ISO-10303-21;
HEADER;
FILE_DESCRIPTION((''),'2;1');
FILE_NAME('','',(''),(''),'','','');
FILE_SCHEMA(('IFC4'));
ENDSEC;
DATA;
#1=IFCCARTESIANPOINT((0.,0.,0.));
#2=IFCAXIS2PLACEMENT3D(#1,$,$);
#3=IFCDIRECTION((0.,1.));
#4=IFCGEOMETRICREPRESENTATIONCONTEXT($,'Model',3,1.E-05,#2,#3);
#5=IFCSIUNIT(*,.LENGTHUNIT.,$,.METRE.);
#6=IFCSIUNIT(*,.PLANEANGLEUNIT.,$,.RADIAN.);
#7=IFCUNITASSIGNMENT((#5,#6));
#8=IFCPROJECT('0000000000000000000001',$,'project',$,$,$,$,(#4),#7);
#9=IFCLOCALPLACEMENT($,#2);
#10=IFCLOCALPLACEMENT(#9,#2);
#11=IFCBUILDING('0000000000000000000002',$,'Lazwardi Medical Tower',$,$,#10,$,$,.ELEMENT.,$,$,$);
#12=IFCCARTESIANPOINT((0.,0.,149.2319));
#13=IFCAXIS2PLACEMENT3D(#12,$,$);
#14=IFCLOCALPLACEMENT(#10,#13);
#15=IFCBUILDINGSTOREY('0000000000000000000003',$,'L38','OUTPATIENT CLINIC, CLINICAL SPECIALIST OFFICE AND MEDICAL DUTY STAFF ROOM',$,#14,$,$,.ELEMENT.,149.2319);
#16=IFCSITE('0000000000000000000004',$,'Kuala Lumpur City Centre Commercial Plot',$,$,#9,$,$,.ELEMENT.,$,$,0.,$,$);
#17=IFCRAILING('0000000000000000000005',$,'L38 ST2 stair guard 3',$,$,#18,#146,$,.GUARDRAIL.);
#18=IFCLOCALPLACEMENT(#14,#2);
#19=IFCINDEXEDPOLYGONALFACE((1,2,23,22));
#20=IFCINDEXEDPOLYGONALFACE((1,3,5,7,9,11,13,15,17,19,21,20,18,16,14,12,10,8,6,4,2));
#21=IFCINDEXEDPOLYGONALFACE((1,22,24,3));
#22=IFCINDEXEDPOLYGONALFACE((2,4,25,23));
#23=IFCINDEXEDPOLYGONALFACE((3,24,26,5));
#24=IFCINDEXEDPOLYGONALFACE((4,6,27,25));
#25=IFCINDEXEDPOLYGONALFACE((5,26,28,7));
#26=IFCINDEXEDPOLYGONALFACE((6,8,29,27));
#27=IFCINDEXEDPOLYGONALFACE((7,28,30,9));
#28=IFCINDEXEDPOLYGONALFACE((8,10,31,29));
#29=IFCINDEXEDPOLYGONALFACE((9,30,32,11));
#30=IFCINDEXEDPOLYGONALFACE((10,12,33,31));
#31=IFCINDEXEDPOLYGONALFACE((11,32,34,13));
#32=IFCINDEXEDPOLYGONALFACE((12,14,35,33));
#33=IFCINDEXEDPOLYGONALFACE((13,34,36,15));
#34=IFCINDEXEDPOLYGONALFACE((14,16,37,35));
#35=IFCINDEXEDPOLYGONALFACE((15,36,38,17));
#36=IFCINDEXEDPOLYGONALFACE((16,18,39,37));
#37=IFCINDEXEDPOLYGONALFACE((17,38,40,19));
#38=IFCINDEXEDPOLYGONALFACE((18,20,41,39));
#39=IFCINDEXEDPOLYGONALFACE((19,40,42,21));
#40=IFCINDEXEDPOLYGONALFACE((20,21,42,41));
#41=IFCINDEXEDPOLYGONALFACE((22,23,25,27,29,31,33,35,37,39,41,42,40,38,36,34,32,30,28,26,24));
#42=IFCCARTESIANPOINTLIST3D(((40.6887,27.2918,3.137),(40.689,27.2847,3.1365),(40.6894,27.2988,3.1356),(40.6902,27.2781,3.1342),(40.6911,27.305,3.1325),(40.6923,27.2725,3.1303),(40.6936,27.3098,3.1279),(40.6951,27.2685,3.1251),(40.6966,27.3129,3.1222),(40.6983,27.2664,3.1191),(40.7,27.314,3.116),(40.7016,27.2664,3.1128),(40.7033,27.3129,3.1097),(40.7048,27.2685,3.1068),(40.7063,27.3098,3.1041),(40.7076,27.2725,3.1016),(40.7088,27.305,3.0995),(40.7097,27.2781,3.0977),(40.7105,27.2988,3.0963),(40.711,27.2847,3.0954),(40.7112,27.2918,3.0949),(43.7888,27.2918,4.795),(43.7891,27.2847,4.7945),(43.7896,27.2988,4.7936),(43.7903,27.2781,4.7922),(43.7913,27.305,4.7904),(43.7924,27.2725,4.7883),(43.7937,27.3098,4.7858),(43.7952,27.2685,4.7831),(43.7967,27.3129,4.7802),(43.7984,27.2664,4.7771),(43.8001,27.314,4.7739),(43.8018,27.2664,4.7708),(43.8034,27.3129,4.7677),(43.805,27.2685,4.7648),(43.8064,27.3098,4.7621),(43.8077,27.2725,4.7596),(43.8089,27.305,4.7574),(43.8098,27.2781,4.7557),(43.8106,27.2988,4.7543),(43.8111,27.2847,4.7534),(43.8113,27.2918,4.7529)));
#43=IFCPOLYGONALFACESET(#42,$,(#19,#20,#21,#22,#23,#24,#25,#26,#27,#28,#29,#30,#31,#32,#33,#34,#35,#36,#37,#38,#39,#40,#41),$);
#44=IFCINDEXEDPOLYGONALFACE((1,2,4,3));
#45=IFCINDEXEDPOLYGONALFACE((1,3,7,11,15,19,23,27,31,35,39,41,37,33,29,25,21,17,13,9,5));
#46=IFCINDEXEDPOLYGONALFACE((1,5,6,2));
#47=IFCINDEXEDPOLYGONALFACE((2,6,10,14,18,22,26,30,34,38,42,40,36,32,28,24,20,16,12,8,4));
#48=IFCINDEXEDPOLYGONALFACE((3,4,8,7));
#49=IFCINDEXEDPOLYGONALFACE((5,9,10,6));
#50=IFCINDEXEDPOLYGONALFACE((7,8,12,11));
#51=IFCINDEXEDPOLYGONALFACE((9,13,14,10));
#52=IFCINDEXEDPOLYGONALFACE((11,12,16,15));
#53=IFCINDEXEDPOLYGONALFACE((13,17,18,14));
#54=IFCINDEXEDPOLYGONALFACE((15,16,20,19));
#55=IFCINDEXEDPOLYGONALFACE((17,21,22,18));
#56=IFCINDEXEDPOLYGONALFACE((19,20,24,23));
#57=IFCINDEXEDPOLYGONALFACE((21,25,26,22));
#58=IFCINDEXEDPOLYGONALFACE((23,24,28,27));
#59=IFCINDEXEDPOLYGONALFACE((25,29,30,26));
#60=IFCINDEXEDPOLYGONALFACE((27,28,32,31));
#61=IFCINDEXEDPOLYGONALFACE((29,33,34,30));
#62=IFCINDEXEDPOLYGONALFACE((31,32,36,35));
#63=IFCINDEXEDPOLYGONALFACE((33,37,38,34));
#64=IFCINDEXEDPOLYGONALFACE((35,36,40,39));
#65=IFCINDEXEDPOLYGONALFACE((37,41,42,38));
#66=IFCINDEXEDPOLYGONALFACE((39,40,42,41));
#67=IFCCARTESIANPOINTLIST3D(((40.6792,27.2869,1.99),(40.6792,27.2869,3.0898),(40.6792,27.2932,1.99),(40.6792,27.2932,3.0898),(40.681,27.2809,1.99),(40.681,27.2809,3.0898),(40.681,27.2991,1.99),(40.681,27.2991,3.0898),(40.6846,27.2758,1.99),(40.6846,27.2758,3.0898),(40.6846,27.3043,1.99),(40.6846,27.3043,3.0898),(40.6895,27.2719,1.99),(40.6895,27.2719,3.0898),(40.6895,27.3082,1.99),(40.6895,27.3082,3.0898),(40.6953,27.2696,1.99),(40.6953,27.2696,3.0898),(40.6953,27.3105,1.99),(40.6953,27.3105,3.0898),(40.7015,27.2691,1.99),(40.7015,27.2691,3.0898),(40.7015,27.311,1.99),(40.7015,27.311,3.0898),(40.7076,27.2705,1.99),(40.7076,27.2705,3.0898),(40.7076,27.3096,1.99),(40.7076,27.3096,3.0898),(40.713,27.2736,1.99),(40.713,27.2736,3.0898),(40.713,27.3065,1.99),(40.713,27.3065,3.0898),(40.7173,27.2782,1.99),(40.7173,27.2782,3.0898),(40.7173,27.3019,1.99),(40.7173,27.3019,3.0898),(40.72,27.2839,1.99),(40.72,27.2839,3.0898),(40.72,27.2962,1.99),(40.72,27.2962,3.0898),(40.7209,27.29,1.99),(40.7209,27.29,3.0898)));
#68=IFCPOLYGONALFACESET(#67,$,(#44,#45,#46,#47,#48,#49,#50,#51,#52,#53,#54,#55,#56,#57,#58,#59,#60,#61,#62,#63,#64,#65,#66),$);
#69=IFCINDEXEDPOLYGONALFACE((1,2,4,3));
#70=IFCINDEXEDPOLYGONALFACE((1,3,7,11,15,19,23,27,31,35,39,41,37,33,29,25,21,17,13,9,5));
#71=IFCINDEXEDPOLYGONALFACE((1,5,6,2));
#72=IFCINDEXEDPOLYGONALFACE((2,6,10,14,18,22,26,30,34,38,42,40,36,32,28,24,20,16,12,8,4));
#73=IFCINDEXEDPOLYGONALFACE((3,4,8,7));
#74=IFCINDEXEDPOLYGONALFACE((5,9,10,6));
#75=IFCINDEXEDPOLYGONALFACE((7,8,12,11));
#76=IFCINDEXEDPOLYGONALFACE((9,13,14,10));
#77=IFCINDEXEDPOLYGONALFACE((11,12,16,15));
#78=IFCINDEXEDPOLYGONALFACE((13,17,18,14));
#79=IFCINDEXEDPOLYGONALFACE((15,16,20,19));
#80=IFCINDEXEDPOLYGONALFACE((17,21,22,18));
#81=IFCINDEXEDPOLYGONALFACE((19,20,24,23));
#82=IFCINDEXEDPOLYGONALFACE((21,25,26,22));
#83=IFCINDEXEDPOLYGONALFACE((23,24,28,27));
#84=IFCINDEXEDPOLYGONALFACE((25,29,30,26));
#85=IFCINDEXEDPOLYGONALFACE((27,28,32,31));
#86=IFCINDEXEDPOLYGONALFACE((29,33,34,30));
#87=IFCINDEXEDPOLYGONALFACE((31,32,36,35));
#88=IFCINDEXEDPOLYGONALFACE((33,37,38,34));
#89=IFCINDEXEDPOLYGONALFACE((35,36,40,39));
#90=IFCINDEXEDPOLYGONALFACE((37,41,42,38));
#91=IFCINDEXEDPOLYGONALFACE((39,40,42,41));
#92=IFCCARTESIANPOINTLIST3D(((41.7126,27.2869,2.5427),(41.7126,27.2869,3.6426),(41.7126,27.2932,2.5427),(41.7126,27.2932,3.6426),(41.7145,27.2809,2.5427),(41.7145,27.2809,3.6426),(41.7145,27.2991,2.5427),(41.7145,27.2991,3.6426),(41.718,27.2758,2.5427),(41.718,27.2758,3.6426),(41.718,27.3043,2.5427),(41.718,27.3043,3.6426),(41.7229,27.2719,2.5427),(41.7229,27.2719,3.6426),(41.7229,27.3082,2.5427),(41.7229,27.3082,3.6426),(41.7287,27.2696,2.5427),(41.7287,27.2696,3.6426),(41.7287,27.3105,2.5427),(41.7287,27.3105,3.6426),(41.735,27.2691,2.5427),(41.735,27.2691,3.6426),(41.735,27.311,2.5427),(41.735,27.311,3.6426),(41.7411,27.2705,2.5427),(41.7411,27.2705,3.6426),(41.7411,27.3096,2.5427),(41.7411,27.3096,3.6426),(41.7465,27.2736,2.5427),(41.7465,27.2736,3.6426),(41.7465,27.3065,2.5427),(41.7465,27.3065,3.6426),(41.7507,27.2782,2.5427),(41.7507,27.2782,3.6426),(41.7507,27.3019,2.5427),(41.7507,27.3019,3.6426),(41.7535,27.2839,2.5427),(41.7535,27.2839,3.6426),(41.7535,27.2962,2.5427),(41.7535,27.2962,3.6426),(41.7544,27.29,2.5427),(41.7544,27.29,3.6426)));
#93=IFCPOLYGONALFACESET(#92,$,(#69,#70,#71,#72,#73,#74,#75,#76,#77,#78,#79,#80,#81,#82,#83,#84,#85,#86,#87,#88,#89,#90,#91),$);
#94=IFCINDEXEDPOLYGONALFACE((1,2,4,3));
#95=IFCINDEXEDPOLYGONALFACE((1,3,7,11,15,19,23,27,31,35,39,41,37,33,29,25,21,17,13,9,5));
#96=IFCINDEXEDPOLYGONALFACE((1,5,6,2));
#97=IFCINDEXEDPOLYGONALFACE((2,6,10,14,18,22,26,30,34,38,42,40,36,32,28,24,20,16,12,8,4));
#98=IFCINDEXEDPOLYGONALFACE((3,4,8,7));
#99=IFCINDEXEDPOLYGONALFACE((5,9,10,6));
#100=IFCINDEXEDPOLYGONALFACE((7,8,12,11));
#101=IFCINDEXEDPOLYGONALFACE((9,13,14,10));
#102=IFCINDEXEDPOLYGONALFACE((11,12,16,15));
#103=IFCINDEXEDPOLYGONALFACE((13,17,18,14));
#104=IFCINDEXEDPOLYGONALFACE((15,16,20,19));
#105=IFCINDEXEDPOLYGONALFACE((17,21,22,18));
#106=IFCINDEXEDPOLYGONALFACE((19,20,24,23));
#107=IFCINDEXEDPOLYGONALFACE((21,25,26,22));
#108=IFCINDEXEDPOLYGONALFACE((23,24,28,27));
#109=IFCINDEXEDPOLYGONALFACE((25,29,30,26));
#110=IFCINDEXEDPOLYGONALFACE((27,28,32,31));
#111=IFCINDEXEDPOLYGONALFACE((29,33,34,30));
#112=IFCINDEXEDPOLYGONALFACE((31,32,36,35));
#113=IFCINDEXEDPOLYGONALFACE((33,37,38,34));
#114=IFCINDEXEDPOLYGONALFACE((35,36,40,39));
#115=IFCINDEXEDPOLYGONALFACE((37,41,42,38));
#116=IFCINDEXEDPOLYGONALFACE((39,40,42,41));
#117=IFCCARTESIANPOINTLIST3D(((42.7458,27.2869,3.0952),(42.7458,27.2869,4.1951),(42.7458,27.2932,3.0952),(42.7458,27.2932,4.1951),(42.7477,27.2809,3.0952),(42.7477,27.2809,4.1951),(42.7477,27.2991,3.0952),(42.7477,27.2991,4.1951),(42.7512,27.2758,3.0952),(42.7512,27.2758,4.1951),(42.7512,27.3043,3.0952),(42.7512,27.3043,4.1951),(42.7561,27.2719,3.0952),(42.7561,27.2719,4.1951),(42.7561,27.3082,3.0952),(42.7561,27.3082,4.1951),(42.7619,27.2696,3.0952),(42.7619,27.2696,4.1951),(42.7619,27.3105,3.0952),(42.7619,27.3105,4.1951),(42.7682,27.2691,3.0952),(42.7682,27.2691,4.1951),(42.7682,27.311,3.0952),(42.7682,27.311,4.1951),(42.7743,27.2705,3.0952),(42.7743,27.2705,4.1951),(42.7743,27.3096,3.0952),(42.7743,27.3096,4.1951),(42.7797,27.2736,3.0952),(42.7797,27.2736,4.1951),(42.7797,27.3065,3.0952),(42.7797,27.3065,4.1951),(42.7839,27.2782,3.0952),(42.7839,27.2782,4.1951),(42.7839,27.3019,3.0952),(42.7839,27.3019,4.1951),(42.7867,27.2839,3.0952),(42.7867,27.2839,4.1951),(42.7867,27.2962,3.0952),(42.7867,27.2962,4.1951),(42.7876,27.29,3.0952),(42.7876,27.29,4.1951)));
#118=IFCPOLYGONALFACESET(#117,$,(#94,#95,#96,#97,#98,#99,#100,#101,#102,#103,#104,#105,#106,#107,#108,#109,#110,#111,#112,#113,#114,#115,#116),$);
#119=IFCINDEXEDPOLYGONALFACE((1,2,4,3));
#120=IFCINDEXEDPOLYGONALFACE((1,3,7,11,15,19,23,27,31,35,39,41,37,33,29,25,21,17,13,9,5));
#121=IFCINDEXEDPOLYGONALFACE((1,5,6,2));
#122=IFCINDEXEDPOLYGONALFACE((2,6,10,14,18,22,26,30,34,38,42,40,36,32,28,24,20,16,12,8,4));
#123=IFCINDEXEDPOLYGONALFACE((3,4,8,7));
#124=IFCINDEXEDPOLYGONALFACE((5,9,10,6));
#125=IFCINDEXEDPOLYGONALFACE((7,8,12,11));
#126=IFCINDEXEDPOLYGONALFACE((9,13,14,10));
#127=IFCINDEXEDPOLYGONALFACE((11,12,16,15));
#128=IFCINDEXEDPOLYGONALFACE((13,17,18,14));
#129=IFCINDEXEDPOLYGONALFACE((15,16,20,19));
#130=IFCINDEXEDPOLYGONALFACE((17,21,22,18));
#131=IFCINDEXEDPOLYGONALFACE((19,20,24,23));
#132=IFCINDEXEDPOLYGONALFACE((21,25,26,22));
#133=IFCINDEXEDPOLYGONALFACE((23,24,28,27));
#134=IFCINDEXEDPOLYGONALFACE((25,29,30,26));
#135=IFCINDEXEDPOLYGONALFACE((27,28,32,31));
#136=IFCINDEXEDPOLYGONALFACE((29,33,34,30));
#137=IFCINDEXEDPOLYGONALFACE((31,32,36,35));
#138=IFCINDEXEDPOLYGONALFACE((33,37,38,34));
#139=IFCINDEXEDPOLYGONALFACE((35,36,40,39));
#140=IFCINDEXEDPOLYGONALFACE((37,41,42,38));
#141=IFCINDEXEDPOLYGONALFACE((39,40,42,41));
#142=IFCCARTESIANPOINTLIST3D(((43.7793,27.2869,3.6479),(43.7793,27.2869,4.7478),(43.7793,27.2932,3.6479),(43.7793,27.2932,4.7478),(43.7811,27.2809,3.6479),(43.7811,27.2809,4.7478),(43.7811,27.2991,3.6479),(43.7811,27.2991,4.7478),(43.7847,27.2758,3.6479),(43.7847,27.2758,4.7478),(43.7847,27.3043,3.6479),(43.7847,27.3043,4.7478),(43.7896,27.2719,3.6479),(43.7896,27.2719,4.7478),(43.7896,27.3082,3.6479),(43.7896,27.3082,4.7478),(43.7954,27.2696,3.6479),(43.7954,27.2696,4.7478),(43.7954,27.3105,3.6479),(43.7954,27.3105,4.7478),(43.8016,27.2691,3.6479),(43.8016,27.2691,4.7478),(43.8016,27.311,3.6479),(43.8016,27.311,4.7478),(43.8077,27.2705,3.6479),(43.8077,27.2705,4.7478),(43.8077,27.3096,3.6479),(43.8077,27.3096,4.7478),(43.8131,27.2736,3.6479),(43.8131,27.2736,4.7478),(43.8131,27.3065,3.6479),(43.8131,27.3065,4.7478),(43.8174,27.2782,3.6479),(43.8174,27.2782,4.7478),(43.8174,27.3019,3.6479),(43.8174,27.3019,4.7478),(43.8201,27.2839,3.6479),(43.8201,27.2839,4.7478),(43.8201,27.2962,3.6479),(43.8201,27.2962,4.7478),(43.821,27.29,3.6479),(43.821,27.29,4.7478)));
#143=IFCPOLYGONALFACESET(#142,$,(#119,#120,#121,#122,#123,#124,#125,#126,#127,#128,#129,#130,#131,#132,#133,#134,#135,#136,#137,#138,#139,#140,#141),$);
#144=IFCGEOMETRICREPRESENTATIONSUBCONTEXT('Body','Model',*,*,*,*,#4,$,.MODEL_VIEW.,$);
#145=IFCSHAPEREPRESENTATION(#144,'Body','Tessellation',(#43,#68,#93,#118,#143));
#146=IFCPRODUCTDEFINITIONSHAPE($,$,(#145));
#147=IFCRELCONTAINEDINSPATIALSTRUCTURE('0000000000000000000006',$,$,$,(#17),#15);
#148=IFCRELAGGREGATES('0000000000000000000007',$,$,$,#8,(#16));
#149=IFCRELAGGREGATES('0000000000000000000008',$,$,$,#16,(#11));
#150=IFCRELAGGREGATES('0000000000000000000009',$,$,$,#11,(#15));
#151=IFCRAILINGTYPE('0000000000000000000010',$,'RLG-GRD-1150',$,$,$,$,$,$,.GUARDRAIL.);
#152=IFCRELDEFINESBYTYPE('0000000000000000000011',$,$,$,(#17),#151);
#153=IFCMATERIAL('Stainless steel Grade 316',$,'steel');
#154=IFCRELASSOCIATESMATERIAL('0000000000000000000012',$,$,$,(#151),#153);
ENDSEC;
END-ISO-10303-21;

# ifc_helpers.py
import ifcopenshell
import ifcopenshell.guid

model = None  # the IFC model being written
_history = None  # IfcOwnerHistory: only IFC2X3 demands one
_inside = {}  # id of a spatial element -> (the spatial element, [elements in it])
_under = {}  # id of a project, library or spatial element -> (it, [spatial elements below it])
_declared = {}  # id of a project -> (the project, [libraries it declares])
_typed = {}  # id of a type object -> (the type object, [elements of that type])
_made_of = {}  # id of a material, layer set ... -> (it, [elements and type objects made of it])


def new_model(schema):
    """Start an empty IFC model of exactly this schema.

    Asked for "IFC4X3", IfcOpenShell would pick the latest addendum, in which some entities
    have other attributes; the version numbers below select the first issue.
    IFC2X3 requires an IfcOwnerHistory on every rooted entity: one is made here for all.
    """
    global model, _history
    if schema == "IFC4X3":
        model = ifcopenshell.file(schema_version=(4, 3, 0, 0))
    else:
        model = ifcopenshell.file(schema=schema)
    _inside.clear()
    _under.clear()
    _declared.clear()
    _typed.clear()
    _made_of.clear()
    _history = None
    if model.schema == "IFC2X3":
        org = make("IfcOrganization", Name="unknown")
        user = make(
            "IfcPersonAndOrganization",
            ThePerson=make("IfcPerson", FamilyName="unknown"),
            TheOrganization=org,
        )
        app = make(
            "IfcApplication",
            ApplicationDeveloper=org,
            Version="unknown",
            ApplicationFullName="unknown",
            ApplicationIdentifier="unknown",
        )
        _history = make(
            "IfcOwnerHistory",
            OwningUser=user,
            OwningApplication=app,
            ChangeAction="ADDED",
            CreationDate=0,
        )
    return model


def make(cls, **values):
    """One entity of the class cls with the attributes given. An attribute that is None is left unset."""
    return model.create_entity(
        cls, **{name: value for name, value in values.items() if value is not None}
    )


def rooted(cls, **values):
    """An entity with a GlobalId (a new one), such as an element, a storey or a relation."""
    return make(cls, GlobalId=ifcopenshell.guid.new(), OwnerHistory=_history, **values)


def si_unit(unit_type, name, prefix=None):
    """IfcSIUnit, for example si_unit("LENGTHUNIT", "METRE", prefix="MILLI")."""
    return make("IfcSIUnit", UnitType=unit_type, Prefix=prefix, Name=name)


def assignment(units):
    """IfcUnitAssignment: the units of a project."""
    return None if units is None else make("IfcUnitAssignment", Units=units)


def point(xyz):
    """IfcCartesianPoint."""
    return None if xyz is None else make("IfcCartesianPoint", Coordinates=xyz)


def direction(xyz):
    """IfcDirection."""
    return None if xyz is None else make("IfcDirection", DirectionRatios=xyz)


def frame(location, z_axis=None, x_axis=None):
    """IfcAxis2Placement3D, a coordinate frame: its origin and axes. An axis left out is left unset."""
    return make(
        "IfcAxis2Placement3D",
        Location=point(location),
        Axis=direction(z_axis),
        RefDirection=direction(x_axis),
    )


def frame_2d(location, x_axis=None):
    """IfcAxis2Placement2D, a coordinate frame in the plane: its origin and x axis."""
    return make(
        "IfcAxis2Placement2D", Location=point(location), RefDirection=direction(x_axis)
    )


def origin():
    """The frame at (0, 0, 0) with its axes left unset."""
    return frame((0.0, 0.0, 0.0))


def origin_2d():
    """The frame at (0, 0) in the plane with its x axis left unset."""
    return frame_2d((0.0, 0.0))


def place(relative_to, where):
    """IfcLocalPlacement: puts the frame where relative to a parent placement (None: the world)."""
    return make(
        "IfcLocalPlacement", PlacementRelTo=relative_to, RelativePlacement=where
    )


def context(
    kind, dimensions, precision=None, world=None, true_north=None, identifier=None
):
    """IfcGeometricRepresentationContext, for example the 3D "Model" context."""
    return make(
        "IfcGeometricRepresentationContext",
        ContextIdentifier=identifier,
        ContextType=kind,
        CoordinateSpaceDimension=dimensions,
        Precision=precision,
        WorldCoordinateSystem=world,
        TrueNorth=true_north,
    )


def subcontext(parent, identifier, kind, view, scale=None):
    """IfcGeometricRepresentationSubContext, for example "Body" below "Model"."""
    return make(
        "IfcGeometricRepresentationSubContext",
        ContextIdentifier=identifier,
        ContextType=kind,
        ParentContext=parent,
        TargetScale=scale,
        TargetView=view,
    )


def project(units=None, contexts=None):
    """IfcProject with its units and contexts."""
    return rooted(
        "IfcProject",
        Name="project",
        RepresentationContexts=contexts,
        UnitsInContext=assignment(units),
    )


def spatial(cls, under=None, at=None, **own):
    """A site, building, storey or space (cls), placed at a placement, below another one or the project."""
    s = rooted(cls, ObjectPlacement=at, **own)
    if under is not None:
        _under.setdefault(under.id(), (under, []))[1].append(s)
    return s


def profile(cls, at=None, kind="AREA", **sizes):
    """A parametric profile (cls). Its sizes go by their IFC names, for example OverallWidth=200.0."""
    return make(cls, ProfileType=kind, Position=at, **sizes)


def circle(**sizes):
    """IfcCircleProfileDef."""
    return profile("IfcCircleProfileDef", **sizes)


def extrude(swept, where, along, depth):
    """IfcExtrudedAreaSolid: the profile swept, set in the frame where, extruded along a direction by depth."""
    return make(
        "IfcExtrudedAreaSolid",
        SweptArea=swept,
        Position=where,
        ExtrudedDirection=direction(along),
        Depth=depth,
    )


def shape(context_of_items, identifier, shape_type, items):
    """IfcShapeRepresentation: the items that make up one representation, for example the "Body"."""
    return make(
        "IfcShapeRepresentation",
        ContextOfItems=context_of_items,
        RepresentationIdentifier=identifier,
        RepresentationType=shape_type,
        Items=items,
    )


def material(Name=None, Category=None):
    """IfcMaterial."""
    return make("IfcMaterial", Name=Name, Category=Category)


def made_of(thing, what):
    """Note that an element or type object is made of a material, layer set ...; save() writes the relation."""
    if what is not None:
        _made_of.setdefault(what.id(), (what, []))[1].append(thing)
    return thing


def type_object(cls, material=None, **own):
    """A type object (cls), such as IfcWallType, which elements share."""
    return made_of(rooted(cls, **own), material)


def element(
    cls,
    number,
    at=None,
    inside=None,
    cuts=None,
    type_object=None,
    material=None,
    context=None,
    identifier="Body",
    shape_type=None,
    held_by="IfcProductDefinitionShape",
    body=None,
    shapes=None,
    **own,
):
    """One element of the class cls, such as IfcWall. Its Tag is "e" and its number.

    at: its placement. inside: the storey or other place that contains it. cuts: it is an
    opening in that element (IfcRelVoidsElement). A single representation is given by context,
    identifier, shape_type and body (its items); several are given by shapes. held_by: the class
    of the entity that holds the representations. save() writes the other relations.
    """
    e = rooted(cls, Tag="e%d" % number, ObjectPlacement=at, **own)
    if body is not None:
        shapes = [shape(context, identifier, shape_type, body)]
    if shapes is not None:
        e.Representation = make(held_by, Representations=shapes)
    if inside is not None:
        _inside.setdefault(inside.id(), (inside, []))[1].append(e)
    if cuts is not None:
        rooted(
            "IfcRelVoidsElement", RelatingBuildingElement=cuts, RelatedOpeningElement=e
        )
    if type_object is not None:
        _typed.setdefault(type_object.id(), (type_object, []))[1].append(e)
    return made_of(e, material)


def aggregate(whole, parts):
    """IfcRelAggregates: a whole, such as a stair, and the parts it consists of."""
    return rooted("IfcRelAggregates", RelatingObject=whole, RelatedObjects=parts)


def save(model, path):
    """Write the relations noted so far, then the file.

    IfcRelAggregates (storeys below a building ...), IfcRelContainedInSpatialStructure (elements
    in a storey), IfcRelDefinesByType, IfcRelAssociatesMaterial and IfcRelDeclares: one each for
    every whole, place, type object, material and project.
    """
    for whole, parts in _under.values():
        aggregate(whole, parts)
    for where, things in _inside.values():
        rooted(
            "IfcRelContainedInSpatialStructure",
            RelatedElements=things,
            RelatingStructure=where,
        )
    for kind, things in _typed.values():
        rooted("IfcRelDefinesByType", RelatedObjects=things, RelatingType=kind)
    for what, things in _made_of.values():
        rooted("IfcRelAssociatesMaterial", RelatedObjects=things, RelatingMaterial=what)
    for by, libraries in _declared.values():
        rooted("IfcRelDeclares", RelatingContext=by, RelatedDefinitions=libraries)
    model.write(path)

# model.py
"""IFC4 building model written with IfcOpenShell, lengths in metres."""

from ifc_helpers import new_model, si_unit, direction, frame, origin, origin_2d, place, context, subcontext, project, spatial, circle, extrude, material, type_object, element, save


model = new_model("IFC4")

# Units and contexts
model_context = context("Model", 3, precision=1e-05, world=origin(), true_north=direction((0.0, 1.0)))
body_context = subcontext(model_context, "Body", "Model", "MODEL_VIEW")
ifc_project = project(units=[si_unit("LENGTHUNIT", "METRE"), si_unit("PLANEANGLEUNIT", "RADIAN")], contexts=[model_context])

# Site, building, storey
site_placement = place(None, origin())
site = spatial("IfcSite", under=ifc_project, at=site_placement, Name="Kuala Lumpur City Centre Commercial Plot", CompositionType="ELEMENT", RefElevation=0.0)
building_placement = place(site_placement, origin())
building = spatial("IfcBuilding", under=site, at=building_placement, Name="Lazwardi Medical Tower", CompositionType="ELEMENT")
storey_placement = place(building_placement, frame((0.0, 0.0, 149.2319)))
storey = spatial("IfcBuildingStorey", under=building, at=storey_placement, Name="L38", Description="OUTPATIENT CLINIC, CLINICAL SPECIALIST OFFICE AND MEDICAL DUTY STAFF ROOM", CompositionType="ELEMENT", Elevation=149.2319)

# Railing
ifc_material_1 = material(Name="Stainless steel Grade 316", Category="steel")
railing_type_1 = type_object("IfcRailingType", Name="RLG-GRD-1150", PredefinedType="GUARDRAIL", material=ifc_material_1)
railing_1_placement = place(storey_placement, frame((40.7, 27.29, 1.99)))
element("IfcRailing", 1, at=railing_1_placement, inside=storey, type_object=railing_type_1, Name="L38 ST2 stair guard 3", PredefinedType="GUARDRAIL", context=body_context, shape_type="SweptSolid", body=[
    extrude(circle(Radius=0.0239, at=origin_2d()), frame((0.0, 0.0, 1.126), z_axis=(0.881812, 0.0, 0.471601), x_axis=(0.0, 1.0, 0.0)), (0.0, 0.0, 1.0), 3.5156),
    extrude(circle(Radius=0.021, at=origin_2d()), origin(), (0.0, 0.0, 1.0), 1.0999),
    extrude(circle(Radius=0.021, at=origin_2d()), frame((1.0334, 0.0, 0.5527)), (0.0, 0.0, 1.0), 1.0999),
    extrude(circle(Radius=0.021, at=origin_2d()), frame((2.0667, 0.0, 1.1052)), (0.0, 0.0, 1.0), 1.0999),
    extrude(circle(Radius=0.021, at=origin_2d()), frame((3.1001, 0.0, 1.658)), (0.0, 0.0, 1.0), 1.0999),
])

save(model, "model.ifc")
